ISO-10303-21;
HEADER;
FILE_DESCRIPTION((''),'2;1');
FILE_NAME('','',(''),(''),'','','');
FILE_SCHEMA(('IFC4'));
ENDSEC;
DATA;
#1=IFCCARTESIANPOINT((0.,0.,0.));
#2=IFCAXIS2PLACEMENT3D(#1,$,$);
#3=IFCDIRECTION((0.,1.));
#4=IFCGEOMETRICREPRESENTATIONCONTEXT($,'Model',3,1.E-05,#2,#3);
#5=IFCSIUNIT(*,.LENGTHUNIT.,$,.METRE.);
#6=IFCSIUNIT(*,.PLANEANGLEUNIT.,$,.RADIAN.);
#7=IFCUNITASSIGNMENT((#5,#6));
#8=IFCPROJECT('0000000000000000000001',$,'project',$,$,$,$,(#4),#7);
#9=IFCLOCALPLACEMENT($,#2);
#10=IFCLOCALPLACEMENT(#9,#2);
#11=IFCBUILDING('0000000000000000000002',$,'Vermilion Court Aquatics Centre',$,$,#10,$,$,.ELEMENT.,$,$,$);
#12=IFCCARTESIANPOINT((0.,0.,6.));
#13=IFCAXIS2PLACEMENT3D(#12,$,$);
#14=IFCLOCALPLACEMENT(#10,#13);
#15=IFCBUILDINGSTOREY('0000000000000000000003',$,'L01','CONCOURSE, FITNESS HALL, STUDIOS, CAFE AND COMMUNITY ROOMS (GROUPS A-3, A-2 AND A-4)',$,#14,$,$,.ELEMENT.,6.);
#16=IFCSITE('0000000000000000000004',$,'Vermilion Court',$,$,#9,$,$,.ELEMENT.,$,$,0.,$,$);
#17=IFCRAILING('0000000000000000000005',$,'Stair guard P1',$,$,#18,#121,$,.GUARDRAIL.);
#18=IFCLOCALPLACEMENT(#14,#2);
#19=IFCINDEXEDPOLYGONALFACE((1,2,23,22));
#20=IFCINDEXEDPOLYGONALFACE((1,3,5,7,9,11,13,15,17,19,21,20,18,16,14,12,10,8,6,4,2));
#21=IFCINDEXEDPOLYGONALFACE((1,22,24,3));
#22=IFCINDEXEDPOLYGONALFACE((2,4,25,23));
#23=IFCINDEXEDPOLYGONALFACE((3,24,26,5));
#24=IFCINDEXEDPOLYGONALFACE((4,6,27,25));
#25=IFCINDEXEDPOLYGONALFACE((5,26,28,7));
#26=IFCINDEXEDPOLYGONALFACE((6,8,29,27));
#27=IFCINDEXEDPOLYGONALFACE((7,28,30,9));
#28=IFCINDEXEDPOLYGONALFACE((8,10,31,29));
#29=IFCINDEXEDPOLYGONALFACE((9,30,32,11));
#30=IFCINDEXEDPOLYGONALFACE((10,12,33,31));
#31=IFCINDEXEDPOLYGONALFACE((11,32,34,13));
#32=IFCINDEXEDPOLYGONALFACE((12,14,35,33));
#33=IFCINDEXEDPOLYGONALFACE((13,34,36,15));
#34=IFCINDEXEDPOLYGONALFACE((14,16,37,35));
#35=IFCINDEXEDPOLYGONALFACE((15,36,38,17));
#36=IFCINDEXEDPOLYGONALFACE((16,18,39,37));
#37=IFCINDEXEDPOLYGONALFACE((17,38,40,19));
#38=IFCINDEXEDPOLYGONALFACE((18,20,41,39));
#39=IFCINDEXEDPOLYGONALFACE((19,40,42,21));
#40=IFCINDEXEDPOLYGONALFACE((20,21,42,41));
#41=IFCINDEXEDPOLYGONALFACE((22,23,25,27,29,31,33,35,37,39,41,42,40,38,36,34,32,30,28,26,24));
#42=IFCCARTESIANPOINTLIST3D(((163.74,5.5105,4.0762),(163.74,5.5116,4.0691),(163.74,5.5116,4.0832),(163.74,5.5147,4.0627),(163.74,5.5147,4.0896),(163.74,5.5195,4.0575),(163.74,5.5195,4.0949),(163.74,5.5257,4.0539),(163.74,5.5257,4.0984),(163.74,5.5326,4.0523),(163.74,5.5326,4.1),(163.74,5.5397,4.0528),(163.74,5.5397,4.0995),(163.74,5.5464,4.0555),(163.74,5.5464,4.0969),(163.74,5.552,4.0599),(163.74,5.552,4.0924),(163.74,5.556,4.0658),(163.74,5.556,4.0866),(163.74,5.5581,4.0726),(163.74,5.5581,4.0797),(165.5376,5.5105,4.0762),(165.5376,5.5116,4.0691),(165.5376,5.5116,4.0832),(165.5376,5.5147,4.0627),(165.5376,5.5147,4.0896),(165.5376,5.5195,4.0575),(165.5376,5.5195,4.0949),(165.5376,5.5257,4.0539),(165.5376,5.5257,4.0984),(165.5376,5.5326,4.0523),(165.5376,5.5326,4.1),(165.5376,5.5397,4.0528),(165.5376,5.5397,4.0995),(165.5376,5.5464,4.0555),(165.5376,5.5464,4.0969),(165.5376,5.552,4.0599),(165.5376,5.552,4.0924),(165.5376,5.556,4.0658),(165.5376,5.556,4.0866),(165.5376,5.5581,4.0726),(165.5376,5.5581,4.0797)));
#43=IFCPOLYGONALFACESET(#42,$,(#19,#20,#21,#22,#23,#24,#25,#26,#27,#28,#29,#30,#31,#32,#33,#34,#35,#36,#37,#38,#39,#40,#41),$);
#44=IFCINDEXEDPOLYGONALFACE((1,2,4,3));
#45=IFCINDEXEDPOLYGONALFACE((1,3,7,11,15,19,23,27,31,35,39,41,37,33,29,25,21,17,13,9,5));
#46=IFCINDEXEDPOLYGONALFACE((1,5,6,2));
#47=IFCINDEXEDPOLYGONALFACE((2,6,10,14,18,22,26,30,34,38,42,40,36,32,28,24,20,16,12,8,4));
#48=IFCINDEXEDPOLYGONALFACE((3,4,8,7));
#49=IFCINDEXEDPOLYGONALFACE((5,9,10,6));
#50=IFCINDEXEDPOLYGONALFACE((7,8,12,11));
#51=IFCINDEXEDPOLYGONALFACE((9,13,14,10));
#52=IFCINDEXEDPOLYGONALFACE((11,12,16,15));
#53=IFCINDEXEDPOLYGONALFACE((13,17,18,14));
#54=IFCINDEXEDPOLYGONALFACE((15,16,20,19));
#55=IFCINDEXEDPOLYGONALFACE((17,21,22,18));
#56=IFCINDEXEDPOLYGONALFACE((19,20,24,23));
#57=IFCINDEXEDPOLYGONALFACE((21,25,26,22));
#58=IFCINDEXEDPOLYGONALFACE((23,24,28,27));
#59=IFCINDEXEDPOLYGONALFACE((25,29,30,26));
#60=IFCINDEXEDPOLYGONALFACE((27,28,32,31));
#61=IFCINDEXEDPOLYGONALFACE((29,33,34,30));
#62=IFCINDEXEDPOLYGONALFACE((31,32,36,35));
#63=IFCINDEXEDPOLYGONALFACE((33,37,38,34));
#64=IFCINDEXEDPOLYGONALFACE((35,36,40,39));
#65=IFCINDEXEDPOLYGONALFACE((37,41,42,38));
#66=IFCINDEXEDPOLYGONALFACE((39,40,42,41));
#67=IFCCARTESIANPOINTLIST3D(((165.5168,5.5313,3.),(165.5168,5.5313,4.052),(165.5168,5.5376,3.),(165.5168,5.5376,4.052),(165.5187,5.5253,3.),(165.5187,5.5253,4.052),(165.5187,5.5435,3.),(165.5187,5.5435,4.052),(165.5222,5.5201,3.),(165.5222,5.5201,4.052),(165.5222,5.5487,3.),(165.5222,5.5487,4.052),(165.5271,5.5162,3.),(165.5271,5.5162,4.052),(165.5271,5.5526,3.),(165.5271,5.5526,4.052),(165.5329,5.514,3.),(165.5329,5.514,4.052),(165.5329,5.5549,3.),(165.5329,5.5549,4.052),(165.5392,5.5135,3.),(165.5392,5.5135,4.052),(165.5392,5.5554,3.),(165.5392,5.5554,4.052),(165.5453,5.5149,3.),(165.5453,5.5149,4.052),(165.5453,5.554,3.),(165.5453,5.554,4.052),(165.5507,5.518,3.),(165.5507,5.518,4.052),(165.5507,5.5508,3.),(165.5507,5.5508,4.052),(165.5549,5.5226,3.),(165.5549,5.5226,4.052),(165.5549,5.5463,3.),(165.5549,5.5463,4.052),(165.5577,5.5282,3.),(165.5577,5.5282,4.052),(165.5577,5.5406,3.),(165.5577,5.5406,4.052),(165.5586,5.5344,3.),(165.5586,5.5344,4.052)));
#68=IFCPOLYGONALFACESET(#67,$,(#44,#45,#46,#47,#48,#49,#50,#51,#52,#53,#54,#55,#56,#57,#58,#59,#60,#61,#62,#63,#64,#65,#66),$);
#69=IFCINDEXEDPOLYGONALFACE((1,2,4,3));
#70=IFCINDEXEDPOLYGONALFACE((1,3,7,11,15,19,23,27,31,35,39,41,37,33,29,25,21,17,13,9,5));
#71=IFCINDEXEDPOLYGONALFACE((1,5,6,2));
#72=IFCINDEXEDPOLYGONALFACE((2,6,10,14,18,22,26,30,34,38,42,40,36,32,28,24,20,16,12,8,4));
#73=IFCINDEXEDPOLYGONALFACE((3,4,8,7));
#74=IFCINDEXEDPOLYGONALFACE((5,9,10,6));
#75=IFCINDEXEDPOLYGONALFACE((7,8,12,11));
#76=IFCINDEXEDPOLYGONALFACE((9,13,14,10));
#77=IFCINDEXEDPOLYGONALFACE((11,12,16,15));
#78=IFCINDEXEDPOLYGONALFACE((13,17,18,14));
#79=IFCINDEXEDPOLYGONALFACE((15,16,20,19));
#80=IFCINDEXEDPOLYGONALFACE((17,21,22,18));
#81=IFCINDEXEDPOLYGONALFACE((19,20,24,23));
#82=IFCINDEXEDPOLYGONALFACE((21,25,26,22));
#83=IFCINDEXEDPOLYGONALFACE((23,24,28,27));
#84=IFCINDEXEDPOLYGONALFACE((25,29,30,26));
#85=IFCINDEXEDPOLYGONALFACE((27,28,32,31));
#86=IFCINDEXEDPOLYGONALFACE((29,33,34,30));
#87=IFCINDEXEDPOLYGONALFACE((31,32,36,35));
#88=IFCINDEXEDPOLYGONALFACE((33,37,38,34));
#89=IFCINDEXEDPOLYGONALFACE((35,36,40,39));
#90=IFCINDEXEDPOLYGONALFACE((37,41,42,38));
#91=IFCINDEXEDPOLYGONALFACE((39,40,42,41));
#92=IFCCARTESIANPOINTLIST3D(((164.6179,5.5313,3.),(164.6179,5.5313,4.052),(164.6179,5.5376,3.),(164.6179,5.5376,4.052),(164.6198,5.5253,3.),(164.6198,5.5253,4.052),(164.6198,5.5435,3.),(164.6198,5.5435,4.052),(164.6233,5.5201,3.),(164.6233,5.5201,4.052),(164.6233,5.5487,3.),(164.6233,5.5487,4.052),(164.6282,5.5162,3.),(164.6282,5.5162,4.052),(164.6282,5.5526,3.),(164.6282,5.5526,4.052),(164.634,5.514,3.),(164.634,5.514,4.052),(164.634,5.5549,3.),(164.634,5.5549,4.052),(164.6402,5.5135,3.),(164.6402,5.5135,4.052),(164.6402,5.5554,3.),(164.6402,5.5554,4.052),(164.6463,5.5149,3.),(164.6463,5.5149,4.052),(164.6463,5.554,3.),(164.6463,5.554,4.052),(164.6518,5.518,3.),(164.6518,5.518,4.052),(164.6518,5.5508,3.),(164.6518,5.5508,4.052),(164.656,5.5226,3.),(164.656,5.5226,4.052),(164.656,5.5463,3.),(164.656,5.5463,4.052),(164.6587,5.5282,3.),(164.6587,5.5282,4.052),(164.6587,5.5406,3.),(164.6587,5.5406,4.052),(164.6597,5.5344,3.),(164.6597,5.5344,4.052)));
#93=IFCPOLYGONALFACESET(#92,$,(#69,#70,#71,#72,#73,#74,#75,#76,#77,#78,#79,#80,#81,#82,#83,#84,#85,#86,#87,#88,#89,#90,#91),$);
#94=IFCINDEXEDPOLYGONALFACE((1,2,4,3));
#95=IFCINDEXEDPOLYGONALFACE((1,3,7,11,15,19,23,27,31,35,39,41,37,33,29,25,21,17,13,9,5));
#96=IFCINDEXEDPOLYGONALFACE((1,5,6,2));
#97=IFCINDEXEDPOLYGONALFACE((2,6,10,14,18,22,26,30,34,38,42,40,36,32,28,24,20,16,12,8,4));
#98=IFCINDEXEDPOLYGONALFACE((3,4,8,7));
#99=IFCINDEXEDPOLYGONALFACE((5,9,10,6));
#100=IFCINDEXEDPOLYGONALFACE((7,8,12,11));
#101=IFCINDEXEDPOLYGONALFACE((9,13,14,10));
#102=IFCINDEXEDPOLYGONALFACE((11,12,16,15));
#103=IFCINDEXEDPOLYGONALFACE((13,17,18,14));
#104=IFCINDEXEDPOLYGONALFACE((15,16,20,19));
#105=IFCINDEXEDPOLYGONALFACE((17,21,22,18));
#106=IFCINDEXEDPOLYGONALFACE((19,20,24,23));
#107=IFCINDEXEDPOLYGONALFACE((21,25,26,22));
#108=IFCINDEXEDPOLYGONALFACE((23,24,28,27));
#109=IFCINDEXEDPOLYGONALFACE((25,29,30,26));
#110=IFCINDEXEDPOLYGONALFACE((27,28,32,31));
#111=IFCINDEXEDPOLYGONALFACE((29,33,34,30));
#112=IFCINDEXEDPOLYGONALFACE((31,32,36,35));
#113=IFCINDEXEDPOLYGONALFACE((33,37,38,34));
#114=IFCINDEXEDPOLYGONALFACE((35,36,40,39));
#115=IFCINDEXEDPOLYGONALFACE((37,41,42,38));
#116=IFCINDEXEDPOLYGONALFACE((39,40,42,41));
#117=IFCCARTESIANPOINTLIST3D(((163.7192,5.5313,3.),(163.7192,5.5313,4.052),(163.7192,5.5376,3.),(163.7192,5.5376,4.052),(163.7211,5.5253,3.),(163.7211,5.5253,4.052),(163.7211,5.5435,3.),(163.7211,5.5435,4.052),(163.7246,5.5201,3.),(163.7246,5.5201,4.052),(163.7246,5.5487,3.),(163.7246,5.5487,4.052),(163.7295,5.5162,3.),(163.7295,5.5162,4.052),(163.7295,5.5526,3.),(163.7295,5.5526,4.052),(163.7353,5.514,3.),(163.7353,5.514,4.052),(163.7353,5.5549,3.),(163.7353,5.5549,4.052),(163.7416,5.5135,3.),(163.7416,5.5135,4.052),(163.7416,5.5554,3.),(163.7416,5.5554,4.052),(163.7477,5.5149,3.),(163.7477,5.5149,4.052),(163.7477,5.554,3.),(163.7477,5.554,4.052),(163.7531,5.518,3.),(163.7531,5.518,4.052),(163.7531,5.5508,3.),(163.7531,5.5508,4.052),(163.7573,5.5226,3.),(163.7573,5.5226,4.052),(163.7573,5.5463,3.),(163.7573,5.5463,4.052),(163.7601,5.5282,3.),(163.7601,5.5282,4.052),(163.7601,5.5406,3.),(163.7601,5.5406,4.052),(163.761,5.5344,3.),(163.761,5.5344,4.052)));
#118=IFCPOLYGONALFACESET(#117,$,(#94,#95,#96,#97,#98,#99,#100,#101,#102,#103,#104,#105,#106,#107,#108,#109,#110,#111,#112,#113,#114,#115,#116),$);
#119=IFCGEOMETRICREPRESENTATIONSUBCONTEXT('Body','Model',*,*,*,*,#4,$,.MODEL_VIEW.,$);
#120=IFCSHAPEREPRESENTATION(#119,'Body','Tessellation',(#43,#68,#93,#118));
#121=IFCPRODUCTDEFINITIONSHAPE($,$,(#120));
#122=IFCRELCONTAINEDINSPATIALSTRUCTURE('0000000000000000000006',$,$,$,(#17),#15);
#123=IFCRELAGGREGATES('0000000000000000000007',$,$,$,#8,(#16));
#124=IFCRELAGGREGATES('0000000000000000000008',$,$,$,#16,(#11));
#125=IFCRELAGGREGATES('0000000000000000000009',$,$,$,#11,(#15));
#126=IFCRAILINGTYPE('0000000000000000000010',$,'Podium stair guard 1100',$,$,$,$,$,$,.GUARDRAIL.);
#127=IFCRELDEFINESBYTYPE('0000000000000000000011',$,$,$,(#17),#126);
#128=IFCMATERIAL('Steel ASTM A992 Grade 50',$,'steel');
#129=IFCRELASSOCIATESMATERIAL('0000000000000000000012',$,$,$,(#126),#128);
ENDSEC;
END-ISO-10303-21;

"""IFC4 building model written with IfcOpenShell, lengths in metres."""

from ifc_helpers import new_model, si_unit, direction, frame, origin, origin_2d, place, context, subcontext, project, spatial, circle, extrude, material, type_object, element, save


model = new_model("IFC4")

# Units and contexts
model_context = context("Model", 3, precision=1e-05, world=origin(), true_north=direction((0.0, 1.0)))
body_context = subcontext(model_context, "Body", "Model", "MODEL_VIEW")
ifc_project = project(units=[si_unit("LENGTHUNIT", "METRE"), si_unit("PLANEANGLEUNIT", "RADIAN")], contexts=[model_context])

# Site, building, storey
site_placement = place(None, origin())
site = spatial("IfcSite", under=ifc_project, at=site_placement, Name="Vermilion Court", CompositionType="ELEMENT", RefElevation=0.0)
building_placement = place(site_placement, origin())
building = spatial("IfcBuilding", under=site, at=building_placement, Name="Vermilion Court Aquatics Centre", CompositionType="ELEMENT")
storey_placement = place(building_placement, frame((0.0, 0.0, 6.0)))
storey = spatial("IfcBuildingStorey", under=building, at=storey_placement, Name="L01", Description="CONCOURSE, FITNESS HALL, STUDIOS, CAFE AND COMMUNITY ROOMS (GROUPS A-3, A-2 AND A-4)", CompositionType="ELEMENT", Elevation=6.0)

# Railing
ifc_material_1 = material(Name="Steel ASTM A992 Grade 50", Category="steel")
railing_type_1 = type_object("IfcRailingType", Name="Podium stair guard 1100", PredefinedType="GUARDRAIL", material=ifc_material_1)
railing_1_placement = place(storey_placement, frame((165.5376, 5.5344, 3.0)))
element("IfcRailing", 1, at=railing_1_placement, inside=storey, type_object=railing_type_1, Name="Stair guard P1", PredefinedType="GUARDRAIL", context=body_context, shape_type="SweptSolid", body=[
    extrude(circle(Radius=0.0239, at=origin_2d()), frame((0.0, 0.0, 1.0762), z_axis=(-1.0, 0.0, 0.0), x_axis=(0.0, -1.0, 0.0)), (0.0, 0.0, 1.0), 1.7976),
    extrude(circle(Radius=0.021, at=origin_2d()), origin(), (0.0, 0.0, 1.0), 1.052),
    extrude(circle(Radius=0.021, at=origin_2d()), frame((-0.8989, 0.0, 0.0)), (0.0, 0.0, 1.0), 1.052),
    extrude(circle(Radius=0.021, at=origin_2d()), frame((-1.7976, 0.0, 0.0)), (0.0, 0.0, 1.0), 1.052),
])

save(model, "model.ifc")
